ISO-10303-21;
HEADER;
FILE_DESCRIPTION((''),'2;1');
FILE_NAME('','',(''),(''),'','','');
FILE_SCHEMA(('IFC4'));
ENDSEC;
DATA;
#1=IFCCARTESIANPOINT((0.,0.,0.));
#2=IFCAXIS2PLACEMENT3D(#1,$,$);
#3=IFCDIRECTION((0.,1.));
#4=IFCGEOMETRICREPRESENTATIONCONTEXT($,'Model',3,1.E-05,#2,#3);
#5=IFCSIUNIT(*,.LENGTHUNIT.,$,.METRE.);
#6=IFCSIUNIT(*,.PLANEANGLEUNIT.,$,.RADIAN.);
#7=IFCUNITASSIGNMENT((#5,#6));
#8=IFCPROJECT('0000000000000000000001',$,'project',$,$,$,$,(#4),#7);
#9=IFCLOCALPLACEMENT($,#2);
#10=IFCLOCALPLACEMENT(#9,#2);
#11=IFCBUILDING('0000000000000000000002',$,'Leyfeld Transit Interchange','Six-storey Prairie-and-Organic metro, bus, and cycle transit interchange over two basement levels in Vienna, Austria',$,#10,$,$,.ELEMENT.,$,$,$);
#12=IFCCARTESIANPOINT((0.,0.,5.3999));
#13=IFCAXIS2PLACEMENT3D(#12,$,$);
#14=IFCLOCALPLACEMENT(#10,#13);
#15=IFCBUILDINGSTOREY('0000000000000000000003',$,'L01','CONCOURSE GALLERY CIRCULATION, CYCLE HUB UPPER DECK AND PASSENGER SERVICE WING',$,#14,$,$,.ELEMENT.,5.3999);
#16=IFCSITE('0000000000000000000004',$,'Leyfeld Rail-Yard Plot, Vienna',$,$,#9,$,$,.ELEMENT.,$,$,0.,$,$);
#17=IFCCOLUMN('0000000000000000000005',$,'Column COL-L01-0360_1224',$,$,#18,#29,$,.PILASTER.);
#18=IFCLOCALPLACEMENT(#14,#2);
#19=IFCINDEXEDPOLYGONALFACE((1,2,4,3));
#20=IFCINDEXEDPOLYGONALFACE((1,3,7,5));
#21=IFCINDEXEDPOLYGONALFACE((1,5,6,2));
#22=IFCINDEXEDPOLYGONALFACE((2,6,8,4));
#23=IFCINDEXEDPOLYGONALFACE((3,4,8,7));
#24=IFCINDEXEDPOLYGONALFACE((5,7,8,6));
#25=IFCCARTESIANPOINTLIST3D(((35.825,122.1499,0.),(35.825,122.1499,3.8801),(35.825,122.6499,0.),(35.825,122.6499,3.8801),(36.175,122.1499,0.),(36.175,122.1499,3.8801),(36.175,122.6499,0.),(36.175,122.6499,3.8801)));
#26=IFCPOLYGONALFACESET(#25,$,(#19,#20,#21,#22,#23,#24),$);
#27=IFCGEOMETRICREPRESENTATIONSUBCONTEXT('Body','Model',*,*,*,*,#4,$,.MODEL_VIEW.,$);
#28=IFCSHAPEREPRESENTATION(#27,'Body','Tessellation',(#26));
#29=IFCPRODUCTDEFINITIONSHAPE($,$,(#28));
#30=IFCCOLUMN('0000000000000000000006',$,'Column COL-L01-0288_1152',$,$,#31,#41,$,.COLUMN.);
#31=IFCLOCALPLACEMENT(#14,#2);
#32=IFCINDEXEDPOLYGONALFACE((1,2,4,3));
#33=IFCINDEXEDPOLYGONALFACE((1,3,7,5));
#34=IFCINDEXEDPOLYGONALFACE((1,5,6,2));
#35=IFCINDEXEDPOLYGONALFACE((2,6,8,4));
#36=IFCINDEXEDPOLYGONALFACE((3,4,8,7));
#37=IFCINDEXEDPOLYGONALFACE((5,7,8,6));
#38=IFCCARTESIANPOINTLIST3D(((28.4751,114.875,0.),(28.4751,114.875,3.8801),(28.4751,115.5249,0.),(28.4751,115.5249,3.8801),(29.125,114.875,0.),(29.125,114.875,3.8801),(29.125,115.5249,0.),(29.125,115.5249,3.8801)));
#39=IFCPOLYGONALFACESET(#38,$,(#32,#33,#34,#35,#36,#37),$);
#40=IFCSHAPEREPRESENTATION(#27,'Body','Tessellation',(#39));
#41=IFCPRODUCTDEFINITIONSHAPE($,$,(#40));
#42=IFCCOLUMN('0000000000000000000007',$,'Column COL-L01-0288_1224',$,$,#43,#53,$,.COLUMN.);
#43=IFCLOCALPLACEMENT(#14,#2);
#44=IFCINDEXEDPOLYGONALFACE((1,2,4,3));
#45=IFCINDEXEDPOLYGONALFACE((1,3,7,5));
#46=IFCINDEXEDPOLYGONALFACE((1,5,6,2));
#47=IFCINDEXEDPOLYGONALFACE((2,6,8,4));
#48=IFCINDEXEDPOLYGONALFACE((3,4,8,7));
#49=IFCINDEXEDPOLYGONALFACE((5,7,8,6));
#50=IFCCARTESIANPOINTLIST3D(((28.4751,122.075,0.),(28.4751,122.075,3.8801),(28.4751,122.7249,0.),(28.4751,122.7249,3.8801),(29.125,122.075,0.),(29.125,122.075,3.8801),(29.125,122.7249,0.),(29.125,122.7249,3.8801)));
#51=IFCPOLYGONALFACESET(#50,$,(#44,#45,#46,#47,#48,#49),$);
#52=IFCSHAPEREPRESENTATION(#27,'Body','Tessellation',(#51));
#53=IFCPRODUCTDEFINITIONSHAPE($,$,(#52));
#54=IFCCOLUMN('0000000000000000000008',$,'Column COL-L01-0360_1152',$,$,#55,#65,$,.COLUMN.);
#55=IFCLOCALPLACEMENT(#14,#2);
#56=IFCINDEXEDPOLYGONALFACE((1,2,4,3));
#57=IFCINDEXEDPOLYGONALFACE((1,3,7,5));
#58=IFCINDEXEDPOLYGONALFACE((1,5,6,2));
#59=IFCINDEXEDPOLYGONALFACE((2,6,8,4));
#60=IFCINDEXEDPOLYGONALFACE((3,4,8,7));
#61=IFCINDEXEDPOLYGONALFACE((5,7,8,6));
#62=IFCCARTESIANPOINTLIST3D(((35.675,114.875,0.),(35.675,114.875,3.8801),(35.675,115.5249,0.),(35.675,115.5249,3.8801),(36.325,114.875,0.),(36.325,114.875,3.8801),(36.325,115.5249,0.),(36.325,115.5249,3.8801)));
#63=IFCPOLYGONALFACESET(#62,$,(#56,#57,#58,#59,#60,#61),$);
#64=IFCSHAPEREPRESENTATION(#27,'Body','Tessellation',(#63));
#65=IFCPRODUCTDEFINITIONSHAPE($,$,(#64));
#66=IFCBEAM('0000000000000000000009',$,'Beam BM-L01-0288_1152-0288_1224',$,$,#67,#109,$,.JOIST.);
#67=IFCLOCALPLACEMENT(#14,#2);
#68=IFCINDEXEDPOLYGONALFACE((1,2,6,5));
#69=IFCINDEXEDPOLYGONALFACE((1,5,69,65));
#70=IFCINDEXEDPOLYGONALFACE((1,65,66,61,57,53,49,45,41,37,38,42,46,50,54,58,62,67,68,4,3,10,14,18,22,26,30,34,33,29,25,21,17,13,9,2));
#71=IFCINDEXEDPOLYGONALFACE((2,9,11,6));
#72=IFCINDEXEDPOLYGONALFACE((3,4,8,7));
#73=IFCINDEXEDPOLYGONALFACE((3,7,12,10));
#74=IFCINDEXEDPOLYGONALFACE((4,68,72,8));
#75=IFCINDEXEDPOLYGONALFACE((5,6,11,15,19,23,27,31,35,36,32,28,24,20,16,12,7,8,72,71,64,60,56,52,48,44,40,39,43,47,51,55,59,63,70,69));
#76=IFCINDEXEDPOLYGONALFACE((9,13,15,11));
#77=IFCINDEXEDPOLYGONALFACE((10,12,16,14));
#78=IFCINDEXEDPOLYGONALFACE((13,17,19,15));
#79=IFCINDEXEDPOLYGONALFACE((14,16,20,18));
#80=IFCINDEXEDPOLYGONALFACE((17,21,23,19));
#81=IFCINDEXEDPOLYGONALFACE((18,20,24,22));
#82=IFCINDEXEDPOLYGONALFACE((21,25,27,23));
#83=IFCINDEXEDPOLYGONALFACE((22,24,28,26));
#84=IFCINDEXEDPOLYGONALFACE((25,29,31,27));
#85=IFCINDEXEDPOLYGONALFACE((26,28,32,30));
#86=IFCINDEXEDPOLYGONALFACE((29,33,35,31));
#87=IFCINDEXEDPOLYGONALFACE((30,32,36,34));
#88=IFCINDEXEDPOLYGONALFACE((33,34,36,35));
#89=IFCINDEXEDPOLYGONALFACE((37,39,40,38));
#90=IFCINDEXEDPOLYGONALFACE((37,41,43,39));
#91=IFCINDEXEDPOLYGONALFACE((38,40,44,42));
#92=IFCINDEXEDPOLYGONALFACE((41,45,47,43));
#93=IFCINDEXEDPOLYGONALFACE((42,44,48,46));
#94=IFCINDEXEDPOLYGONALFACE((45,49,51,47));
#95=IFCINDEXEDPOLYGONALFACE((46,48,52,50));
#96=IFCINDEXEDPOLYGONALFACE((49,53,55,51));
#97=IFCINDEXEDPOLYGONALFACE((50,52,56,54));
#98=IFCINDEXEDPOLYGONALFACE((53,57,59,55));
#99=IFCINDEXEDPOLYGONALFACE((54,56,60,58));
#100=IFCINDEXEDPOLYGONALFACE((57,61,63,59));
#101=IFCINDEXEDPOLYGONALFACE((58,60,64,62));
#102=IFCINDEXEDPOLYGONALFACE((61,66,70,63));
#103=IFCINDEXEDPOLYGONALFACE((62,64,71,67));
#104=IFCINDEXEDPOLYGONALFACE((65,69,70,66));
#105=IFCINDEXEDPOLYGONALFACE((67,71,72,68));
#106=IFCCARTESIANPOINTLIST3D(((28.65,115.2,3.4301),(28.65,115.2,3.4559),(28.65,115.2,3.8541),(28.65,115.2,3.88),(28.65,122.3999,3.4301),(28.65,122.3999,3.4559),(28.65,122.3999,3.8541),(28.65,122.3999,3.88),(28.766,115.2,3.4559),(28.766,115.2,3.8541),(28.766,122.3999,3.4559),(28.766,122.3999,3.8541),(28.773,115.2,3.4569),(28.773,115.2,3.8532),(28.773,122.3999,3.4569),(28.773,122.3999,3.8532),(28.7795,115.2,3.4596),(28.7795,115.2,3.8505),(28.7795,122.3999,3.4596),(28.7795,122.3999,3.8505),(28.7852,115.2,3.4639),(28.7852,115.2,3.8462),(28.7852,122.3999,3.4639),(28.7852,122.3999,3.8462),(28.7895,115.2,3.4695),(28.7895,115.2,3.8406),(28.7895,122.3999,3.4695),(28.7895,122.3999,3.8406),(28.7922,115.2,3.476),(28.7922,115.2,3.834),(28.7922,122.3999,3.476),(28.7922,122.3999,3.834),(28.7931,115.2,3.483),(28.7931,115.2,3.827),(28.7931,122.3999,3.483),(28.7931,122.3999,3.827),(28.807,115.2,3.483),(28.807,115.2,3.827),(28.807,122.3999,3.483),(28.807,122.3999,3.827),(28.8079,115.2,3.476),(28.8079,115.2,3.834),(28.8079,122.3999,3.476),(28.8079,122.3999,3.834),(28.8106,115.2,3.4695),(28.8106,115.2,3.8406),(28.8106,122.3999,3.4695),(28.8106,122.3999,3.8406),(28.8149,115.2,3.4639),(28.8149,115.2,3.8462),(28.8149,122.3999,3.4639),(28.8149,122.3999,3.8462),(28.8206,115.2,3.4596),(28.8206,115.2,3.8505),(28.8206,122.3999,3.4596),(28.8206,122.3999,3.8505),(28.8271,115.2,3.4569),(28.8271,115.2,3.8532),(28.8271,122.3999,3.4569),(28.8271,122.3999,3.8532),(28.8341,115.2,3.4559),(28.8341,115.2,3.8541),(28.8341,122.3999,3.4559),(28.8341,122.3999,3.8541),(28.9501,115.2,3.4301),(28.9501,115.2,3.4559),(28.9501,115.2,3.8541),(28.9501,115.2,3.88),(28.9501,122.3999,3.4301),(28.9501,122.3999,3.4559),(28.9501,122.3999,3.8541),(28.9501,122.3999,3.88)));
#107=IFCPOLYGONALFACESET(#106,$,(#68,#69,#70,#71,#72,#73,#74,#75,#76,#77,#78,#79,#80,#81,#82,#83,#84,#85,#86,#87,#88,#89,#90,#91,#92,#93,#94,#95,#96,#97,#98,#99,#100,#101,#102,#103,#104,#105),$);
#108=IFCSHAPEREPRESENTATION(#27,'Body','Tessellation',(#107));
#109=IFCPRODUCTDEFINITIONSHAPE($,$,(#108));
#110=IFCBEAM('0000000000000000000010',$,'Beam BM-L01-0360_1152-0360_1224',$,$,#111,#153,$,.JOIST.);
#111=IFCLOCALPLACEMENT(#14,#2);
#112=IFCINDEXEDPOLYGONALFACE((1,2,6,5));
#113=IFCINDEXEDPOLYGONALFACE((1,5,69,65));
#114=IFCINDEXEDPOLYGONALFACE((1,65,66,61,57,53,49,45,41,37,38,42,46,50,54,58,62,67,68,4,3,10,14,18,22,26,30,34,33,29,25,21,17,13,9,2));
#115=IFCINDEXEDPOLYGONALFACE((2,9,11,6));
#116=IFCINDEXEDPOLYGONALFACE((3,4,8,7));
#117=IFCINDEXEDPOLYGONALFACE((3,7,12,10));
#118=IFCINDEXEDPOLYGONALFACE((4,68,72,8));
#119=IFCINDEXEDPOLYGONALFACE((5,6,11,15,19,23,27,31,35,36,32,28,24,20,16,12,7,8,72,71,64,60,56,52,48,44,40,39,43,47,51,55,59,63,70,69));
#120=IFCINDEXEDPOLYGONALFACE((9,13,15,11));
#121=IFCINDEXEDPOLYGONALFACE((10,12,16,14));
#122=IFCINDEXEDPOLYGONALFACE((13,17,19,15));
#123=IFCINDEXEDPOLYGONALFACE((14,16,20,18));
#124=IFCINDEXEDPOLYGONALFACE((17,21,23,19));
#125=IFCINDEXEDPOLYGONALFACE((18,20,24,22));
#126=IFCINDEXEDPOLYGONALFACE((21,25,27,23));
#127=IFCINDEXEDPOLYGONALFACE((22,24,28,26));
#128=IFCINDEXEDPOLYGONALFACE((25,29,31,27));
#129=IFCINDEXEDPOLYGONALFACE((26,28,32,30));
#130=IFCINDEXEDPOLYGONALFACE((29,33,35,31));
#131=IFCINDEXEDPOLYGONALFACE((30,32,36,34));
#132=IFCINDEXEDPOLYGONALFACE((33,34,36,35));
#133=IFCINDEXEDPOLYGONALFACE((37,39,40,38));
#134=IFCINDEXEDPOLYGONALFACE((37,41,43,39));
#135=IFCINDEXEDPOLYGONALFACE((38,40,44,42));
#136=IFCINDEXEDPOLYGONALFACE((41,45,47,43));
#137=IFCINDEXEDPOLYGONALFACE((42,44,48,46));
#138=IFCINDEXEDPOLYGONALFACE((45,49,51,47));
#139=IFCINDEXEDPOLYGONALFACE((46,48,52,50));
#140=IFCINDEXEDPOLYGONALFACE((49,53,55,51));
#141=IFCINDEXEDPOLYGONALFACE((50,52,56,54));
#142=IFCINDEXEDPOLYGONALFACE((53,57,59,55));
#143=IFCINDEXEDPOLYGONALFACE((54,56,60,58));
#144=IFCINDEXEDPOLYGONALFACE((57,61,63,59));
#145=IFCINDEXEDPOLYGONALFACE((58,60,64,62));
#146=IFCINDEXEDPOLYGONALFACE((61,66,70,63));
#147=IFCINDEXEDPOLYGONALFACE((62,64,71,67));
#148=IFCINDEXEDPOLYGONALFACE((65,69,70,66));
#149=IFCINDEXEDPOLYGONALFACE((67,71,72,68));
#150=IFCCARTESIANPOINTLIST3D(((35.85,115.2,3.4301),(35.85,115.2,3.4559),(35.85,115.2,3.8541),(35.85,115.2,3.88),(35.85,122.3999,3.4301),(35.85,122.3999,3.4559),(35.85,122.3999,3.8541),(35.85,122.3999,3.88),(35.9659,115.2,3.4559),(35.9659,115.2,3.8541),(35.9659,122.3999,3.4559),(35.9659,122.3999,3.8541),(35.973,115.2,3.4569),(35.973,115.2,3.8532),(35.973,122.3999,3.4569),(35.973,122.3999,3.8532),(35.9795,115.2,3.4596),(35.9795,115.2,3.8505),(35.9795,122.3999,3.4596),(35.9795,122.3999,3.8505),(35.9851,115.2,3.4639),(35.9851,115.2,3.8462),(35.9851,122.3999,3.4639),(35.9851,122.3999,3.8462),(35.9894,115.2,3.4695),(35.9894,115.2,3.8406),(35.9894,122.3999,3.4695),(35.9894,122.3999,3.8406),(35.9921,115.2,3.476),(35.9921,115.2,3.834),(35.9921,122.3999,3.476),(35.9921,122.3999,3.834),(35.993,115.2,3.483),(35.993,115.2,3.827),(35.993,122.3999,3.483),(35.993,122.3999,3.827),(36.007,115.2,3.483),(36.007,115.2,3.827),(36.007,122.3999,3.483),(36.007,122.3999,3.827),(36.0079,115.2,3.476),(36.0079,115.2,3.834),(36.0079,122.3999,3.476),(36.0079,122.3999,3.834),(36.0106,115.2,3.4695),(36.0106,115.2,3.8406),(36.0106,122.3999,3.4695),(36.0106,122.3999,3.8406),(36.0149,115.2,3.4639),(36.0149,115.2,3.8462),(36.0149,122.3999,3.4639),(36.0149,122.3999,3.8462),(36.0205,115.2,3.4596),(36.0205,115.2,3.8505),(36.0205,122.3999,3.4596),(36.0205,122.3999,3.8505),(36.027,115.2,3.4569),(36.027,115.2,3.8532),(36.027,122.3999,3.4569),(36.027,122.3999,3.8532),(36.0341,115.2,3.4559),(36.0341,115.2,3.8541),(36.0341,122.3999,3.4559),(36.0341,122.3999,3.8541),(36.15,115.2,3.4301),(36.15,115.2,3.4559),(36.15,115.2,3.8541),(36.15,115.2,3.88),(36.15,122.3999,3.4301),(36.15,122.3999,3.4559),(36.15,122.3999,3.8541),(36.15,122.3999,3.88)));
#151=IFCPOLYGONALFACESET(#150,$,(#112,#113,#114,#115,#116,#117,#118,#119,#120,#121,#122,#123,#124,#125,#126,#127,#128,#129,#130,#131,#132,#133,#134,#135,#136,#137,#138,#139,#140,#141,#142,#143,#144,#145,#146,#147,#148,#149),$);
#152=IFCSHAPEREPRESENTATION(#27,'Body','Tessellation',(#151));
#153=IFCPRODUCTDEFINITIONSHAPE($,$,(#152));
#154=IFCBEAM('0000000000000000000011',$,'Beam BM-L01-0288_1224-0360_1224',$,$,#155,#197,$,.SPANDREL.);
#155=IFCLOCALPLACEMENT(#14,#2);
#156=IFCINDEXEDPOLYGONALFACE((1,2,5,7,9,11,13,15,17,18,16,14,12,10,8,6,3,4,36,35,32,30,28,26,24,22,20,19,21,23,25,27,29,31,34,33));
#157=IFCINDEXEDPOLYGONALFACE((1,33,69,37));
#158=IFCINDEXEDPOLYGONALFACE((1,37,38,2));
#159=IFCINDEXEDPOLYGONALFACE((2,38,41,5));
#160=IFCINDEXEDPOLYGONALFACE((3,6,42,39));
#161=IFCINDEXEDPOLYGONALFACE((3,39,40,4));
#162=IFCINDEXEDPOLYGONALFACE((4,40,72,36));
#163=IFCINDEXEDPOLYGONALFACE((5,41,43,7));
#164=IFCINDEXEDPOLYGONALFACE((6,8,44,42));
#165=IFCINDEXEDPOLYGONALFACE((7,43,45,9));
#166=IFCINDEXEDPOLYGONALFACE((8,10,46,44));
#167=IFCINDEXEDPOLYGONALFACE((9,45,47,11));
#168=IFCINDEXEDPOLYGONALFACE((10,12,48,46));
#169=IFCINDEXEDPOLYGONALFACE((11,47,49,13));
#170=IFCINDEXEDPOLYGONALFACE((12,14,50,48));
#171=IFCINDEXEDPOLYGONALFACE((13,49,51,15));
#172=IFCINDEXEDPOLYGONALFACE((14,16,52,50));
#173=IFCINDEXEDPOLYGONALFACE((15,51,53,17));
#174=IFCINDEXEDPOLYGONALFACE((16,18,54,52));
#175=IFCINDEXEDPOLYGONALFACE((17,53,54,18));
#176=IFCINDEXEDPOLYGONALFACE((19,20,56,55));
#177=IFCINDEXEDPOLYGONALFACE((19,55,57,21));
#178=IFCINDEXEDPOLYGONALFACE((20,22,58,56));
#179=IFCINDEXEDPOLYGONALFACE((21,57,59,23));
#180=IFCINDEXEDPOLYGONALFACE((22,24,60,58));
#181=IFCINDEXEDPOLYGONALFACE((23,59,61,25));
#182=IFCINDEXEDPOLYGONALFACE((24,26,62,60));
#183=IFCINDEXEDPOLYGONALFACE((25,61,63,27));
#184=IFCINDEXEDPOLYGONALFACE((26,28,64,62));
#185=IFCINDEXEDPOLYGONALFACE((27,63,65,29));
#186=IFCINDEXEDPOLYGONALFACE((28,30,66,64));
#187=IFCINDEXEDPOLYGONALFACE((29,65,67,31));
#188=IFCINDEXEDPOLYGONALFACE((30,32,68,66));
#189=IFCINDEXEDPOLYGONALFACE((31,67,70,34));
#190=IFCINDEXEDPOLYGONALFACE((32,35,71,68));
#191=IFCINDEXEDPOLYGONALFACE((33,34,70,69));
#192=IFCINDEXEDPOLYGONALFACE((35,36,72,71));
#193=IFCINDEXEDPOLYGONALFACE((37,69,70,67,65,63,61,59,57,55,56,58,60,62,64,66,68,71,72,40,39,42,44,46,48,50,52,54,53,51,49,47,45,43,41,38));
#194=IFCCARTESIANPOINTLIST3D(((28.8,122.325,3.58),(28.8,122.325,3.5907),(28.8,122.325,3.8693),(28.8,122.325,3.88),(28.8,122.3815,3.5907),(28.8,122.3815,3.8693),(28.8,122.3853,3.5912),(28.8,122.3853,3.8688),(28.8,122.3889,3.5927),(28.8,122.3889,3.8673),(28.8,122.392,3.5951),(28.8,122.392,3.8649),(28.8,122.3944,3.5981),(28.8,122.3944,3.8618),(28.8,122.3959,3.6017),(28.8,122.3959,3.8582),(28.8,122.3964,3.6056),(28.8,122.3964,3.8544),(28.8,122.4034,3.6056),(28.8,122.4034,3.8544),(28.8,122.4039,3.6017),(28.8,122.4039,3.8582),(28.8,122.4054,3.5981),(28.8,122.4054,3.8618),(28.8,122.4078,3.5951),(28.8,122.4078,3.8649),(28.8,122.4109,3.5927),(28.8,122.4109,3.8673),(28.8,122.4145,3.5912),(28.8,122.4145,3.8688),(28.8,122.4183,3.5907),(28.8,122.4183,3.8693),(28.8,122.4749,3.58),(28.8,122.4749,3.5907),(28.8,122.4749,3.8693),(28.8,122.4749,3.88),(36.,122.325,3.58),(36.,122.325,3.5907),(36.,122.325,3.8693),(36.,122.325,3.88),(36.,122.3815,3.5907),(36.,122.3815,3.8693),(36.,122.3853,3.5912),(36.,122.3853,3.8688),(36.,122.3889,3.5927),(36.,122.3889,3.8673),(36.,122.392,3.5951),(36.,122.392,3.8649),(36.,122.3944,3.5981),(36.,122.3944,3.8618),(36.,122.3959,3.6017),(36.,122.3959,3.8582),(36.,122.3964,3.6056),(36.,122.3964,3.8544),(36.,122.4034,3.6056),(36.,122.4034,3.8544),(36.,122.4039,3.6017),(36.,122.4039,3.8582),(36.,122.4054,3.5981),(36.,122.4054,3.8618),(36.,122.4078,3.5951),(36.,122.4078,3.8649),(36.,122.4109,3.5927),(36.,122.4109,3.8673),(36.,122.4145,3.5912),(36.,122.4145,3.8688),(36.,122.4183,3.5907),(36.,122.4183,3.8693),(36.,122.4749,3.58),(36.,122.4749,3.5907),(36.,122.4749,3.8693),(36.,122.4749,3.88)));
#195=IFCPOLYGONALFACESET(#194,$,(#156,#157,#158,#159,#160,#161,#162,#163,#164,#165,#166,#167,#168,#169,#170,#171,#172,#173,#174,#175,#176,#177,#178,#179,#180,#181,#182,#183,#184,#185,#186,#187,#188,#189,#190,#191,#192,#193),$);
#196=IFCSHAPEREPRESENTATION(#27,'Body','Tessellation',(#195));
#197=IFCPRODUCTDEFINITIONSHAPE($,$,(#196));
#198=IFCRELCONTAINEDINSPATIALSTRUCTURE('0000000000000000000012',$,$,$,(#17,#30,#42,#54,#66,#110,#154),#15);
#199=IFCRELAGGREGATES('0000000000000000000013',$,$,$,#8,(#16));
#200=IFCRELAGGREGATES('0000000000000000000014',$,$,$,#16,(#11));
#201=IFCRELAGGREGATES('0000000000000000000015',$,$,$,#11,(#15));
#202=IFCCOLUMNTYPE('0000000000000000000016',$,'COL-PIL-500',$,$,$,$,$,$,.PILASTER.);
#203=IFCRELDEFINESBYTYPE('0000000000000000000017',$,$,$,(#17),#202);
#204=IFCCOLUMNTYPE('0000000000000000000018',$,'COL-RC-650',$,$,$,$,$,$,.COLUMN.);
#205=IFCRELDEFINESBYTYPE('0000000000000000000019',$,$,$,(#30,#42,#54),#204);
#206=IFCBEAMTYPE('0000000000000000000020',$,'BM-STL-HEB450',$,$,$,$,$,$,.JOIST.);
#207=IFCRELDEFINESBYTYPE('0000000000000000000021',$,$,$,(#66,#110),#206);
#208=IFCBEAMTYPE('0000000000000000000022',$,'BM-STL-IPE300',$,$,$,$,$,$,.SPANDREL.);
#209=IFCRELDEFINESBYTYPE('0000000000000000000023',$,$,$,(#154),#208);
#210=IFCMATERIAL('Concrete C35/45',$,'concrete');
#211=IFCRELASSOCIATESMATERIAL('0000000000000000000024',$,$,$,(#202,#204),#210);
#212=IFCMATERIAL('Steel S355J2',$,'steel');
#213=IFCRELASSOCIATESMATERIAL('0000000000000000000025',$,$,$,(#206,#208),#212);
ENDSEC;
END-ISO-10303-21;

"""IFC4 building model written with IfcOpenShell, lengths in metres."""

from ifc_helpers import new_model, si_unit, direction, frame, origin, origin_2d, place, context, subcontext, project, spatial, rectangle, i_section, extrude, material, material_profile, profile_set, type_object, element, save


model = new_model("IFC4")

# Units and contexts
model_context = context("Model", 3, precision=1e-05, world=origin(), true_north=direction((0.0, 1.0)))
body_context = subcontext(model_context, "Body", "Model", "MODEL_VIEW")
ifc_project = project(units=[si_unit("LENGTHUNIT", "METRE"), si_unit("PLANEANGLEUNIT", "RADIAN")], contexts=[model_context])

# Site, building, storey
site_placement = place(None, origin())
site = spatial("IfcSite", under=ifc_project, at=site_placement, Name="Leyfeld Rail-Yard Plot, Vienna", CompositionType="ELEMENT", RefElevation=0.0)
building_placement = place(site_placement, origin())
building = spatial("IfcBuilding", under=site, at=building_placement, Name="Leyfeld Transit Interchange", Description="Six-storey Prairie-and-Organic metro, bus, and cycle transit interchange over two basement levels in Vienna, Austria", CompositionType="ELEMENT")
storey_placement = place(building_placement, frame((0.0, 0.0, 5.3999)))
storey = spatial("IfcBuildingStorey", under=building, at=storey_placement, Name="L01", Description="CONCOURSE GALLERY CIRCULATION, CYCLE HUB UPPER DECK AND PASSENGER SERVICE WING", CompositionType="ELEMENT", Elevation=5.3999)

# Columns
ifc_material_1 = material(Name="Concrete C35/45", Category="concrete")
ifc_material_profile_1 = material_profile(ifc_material_1, rectangle(XDim=0.3501, YDim=0.5, at=origin_2d()), Name="RC 500x350")
ifc_profile_set_1 = profile_set([ifc_material_profile_1], Name="Concrete C35/45")
column_type_1 = type_object("IfcColumnType", Name="COL-PIL-500", PredefinedType="PILASTER", material=ifc_profile_set_1)
column_placement = place(storey_placement, frame((36.0, 122.3999, 0.0), z_axis=(0.0, 0.0, 1.0), x_axis=(1.0, 0.0, 0.0)))
element("IfcColumn", 1, at=column_placement, inside=storey, type_object=column_type_1, Name="Column COL-L01-0360_1224", PredefinedType="PILASTER", context=body_context, shape_type="SweptSolid", body=[
    extrude(rectangle(XDim=0.3501, YDim=0.5, at=origin_2d()), origin(), (0.0, 0.0, 1.0), 3.8801),
])
ifc_material_profile_2 = material_profile(ifc_material_1, rectangle(XDim=0.6499, YDim=0.6499, at=origin_2d()), Name="RC 650x650")
ifc_profile_set_2 = profile_set([ifc_material_profile_2], Name="Concrete C35/45")
column_type_2 = type_object("IfcColumnType", Name="COL-RC-650", PredefinedType="COLUMN", material=ifc_profile_set_2)
for number, where, z_axis, x_axis, name in (
    (2, (28.8, 115.2, 0.0), (0.0, 0.0, 1.0), (1.0, 0.0, 0.0), "Column COL-L01-0288_1152"),
    (3, (28.8, 122.3999, 0.0), (0.0, 0.0, 1.0), (1.0, 0.0, 0.0), "Column COL-L01-0288_1224"),
    (4, (36.0, 115.2, 0.0), (0.0, 0.0, 1.0), (1.0, 0.0, 0.0), "Column COL-L01-0360_1152"),
):
    element("IfcColumn", number, at=place(storey_placement, frame(where, z_axis=z_axis, x_axis=x_axis)), inside=storey, type_object=column_type_2, Name=name, PredefinedType="COLUMN", context=body_context, shape_type="SweptSolid", body=[
        extrude(rectangle(XDim=0.6499, YDim=0.6499, at=origin_2d()), origin(), (0.0, 0.0, 1.0), 3.8801),
    ])

# Beams
ifc_material_2 = material(Name="Steel S355J2", Category="steel")
ifc_material_profile_3 = material_profile(ifc_material_2, i_section(OverallWidth=0.3, OverallDepth=0.45, WebThickness=0.0139, FlangeThickness=0.0259, FilletRadius=0.0271, at=origin_2d()), Name="HEB 450")
ifc_profile_set_3 = profile_set([ifc_material_profile_3], Name="Steel S355J2")
beam_type_1 = type_object("IfcBeamType", Name="BM-STL-HEB450", PredefinedType="JOIST", material=ifc_profile_set_3)
for number, where, z_axis, x_axis, name in (
    (5, (28.8, 115.2, 3.655), (0.0, 1.0, 0.0), (-1.0, 0.0, 0.0), "Beam BM-L01-0288_1152-0288_1224"),
    (6, (36.0, 115.2, 3.655), (0.0, 1.0, 0.0), (-1.0, 0.0, 0.0), "Beam BM-L01-0360_1152-0360_1224"),
):
    element("IfcBeam", number, at=place(storey_placement, frame(where, z_axis=z_axis, x_axis=x_axis)), inside=storey, type_object=beam_type_1, Name=name, PredefinedType="JOIST", context=body_context, shape_type="SweptSolid", body=[
        extrude(i_section(OverallWidth=0.3, OverallDepth=0.45, WebThickness=0.0139, FlangeThickness=0.0259, FilletRadius=0.0271, at=origin_2d()), origin(), (0.0, 0.0, 1.0), 7.2),
    ])
ifc_material_profile_4 = material_profile(ifc_material_2, i_section(OverallWidth=0.1499, OverallDepth=0.3, WebThickness=0.0071, FlangeThickness=0.0107, FilletRadius=0.0149, at=origin_2d()), Name="IPE 300")
ifc_profile_set_4 = profile_set([ifc_material_profile_4], Name="Steel S355J2")
beam_type_2 = type_object("IfcBeamType", Name="BM-STL-IPE300", PredefinedType="SPANDREL", material=ifc_profile_set_4)
for number, where, z_axis, x_axis, name in (
    (7, (28.8, 122.3999, 3.73), (1.0, 0.0, 0.0), (0.0, 1.0, 0.0), "Beam BM-L01-0288_1224-0360_1224"),
):
    element("IfcBeam", number, at=place(storey_placement, frame(where, z_axis=z_axis, x_axis=x_axis)), inside=storey, type_object=beam_type_2, Name=name, PredefinedType="SPANDREL", context=body_context, shape_type="SweptSolid", body=[
        extrude(i_section(OverallWidth=0.1499, OverallDepth=0.3, WebThickness=0.0071, FlangeThickness=0.0107, FilletRadius=0.0149, at=origin_2d()), origin(), (0.0, 0.0, 1.0), 7.2),
    ])

save(model, "model.ifc")
